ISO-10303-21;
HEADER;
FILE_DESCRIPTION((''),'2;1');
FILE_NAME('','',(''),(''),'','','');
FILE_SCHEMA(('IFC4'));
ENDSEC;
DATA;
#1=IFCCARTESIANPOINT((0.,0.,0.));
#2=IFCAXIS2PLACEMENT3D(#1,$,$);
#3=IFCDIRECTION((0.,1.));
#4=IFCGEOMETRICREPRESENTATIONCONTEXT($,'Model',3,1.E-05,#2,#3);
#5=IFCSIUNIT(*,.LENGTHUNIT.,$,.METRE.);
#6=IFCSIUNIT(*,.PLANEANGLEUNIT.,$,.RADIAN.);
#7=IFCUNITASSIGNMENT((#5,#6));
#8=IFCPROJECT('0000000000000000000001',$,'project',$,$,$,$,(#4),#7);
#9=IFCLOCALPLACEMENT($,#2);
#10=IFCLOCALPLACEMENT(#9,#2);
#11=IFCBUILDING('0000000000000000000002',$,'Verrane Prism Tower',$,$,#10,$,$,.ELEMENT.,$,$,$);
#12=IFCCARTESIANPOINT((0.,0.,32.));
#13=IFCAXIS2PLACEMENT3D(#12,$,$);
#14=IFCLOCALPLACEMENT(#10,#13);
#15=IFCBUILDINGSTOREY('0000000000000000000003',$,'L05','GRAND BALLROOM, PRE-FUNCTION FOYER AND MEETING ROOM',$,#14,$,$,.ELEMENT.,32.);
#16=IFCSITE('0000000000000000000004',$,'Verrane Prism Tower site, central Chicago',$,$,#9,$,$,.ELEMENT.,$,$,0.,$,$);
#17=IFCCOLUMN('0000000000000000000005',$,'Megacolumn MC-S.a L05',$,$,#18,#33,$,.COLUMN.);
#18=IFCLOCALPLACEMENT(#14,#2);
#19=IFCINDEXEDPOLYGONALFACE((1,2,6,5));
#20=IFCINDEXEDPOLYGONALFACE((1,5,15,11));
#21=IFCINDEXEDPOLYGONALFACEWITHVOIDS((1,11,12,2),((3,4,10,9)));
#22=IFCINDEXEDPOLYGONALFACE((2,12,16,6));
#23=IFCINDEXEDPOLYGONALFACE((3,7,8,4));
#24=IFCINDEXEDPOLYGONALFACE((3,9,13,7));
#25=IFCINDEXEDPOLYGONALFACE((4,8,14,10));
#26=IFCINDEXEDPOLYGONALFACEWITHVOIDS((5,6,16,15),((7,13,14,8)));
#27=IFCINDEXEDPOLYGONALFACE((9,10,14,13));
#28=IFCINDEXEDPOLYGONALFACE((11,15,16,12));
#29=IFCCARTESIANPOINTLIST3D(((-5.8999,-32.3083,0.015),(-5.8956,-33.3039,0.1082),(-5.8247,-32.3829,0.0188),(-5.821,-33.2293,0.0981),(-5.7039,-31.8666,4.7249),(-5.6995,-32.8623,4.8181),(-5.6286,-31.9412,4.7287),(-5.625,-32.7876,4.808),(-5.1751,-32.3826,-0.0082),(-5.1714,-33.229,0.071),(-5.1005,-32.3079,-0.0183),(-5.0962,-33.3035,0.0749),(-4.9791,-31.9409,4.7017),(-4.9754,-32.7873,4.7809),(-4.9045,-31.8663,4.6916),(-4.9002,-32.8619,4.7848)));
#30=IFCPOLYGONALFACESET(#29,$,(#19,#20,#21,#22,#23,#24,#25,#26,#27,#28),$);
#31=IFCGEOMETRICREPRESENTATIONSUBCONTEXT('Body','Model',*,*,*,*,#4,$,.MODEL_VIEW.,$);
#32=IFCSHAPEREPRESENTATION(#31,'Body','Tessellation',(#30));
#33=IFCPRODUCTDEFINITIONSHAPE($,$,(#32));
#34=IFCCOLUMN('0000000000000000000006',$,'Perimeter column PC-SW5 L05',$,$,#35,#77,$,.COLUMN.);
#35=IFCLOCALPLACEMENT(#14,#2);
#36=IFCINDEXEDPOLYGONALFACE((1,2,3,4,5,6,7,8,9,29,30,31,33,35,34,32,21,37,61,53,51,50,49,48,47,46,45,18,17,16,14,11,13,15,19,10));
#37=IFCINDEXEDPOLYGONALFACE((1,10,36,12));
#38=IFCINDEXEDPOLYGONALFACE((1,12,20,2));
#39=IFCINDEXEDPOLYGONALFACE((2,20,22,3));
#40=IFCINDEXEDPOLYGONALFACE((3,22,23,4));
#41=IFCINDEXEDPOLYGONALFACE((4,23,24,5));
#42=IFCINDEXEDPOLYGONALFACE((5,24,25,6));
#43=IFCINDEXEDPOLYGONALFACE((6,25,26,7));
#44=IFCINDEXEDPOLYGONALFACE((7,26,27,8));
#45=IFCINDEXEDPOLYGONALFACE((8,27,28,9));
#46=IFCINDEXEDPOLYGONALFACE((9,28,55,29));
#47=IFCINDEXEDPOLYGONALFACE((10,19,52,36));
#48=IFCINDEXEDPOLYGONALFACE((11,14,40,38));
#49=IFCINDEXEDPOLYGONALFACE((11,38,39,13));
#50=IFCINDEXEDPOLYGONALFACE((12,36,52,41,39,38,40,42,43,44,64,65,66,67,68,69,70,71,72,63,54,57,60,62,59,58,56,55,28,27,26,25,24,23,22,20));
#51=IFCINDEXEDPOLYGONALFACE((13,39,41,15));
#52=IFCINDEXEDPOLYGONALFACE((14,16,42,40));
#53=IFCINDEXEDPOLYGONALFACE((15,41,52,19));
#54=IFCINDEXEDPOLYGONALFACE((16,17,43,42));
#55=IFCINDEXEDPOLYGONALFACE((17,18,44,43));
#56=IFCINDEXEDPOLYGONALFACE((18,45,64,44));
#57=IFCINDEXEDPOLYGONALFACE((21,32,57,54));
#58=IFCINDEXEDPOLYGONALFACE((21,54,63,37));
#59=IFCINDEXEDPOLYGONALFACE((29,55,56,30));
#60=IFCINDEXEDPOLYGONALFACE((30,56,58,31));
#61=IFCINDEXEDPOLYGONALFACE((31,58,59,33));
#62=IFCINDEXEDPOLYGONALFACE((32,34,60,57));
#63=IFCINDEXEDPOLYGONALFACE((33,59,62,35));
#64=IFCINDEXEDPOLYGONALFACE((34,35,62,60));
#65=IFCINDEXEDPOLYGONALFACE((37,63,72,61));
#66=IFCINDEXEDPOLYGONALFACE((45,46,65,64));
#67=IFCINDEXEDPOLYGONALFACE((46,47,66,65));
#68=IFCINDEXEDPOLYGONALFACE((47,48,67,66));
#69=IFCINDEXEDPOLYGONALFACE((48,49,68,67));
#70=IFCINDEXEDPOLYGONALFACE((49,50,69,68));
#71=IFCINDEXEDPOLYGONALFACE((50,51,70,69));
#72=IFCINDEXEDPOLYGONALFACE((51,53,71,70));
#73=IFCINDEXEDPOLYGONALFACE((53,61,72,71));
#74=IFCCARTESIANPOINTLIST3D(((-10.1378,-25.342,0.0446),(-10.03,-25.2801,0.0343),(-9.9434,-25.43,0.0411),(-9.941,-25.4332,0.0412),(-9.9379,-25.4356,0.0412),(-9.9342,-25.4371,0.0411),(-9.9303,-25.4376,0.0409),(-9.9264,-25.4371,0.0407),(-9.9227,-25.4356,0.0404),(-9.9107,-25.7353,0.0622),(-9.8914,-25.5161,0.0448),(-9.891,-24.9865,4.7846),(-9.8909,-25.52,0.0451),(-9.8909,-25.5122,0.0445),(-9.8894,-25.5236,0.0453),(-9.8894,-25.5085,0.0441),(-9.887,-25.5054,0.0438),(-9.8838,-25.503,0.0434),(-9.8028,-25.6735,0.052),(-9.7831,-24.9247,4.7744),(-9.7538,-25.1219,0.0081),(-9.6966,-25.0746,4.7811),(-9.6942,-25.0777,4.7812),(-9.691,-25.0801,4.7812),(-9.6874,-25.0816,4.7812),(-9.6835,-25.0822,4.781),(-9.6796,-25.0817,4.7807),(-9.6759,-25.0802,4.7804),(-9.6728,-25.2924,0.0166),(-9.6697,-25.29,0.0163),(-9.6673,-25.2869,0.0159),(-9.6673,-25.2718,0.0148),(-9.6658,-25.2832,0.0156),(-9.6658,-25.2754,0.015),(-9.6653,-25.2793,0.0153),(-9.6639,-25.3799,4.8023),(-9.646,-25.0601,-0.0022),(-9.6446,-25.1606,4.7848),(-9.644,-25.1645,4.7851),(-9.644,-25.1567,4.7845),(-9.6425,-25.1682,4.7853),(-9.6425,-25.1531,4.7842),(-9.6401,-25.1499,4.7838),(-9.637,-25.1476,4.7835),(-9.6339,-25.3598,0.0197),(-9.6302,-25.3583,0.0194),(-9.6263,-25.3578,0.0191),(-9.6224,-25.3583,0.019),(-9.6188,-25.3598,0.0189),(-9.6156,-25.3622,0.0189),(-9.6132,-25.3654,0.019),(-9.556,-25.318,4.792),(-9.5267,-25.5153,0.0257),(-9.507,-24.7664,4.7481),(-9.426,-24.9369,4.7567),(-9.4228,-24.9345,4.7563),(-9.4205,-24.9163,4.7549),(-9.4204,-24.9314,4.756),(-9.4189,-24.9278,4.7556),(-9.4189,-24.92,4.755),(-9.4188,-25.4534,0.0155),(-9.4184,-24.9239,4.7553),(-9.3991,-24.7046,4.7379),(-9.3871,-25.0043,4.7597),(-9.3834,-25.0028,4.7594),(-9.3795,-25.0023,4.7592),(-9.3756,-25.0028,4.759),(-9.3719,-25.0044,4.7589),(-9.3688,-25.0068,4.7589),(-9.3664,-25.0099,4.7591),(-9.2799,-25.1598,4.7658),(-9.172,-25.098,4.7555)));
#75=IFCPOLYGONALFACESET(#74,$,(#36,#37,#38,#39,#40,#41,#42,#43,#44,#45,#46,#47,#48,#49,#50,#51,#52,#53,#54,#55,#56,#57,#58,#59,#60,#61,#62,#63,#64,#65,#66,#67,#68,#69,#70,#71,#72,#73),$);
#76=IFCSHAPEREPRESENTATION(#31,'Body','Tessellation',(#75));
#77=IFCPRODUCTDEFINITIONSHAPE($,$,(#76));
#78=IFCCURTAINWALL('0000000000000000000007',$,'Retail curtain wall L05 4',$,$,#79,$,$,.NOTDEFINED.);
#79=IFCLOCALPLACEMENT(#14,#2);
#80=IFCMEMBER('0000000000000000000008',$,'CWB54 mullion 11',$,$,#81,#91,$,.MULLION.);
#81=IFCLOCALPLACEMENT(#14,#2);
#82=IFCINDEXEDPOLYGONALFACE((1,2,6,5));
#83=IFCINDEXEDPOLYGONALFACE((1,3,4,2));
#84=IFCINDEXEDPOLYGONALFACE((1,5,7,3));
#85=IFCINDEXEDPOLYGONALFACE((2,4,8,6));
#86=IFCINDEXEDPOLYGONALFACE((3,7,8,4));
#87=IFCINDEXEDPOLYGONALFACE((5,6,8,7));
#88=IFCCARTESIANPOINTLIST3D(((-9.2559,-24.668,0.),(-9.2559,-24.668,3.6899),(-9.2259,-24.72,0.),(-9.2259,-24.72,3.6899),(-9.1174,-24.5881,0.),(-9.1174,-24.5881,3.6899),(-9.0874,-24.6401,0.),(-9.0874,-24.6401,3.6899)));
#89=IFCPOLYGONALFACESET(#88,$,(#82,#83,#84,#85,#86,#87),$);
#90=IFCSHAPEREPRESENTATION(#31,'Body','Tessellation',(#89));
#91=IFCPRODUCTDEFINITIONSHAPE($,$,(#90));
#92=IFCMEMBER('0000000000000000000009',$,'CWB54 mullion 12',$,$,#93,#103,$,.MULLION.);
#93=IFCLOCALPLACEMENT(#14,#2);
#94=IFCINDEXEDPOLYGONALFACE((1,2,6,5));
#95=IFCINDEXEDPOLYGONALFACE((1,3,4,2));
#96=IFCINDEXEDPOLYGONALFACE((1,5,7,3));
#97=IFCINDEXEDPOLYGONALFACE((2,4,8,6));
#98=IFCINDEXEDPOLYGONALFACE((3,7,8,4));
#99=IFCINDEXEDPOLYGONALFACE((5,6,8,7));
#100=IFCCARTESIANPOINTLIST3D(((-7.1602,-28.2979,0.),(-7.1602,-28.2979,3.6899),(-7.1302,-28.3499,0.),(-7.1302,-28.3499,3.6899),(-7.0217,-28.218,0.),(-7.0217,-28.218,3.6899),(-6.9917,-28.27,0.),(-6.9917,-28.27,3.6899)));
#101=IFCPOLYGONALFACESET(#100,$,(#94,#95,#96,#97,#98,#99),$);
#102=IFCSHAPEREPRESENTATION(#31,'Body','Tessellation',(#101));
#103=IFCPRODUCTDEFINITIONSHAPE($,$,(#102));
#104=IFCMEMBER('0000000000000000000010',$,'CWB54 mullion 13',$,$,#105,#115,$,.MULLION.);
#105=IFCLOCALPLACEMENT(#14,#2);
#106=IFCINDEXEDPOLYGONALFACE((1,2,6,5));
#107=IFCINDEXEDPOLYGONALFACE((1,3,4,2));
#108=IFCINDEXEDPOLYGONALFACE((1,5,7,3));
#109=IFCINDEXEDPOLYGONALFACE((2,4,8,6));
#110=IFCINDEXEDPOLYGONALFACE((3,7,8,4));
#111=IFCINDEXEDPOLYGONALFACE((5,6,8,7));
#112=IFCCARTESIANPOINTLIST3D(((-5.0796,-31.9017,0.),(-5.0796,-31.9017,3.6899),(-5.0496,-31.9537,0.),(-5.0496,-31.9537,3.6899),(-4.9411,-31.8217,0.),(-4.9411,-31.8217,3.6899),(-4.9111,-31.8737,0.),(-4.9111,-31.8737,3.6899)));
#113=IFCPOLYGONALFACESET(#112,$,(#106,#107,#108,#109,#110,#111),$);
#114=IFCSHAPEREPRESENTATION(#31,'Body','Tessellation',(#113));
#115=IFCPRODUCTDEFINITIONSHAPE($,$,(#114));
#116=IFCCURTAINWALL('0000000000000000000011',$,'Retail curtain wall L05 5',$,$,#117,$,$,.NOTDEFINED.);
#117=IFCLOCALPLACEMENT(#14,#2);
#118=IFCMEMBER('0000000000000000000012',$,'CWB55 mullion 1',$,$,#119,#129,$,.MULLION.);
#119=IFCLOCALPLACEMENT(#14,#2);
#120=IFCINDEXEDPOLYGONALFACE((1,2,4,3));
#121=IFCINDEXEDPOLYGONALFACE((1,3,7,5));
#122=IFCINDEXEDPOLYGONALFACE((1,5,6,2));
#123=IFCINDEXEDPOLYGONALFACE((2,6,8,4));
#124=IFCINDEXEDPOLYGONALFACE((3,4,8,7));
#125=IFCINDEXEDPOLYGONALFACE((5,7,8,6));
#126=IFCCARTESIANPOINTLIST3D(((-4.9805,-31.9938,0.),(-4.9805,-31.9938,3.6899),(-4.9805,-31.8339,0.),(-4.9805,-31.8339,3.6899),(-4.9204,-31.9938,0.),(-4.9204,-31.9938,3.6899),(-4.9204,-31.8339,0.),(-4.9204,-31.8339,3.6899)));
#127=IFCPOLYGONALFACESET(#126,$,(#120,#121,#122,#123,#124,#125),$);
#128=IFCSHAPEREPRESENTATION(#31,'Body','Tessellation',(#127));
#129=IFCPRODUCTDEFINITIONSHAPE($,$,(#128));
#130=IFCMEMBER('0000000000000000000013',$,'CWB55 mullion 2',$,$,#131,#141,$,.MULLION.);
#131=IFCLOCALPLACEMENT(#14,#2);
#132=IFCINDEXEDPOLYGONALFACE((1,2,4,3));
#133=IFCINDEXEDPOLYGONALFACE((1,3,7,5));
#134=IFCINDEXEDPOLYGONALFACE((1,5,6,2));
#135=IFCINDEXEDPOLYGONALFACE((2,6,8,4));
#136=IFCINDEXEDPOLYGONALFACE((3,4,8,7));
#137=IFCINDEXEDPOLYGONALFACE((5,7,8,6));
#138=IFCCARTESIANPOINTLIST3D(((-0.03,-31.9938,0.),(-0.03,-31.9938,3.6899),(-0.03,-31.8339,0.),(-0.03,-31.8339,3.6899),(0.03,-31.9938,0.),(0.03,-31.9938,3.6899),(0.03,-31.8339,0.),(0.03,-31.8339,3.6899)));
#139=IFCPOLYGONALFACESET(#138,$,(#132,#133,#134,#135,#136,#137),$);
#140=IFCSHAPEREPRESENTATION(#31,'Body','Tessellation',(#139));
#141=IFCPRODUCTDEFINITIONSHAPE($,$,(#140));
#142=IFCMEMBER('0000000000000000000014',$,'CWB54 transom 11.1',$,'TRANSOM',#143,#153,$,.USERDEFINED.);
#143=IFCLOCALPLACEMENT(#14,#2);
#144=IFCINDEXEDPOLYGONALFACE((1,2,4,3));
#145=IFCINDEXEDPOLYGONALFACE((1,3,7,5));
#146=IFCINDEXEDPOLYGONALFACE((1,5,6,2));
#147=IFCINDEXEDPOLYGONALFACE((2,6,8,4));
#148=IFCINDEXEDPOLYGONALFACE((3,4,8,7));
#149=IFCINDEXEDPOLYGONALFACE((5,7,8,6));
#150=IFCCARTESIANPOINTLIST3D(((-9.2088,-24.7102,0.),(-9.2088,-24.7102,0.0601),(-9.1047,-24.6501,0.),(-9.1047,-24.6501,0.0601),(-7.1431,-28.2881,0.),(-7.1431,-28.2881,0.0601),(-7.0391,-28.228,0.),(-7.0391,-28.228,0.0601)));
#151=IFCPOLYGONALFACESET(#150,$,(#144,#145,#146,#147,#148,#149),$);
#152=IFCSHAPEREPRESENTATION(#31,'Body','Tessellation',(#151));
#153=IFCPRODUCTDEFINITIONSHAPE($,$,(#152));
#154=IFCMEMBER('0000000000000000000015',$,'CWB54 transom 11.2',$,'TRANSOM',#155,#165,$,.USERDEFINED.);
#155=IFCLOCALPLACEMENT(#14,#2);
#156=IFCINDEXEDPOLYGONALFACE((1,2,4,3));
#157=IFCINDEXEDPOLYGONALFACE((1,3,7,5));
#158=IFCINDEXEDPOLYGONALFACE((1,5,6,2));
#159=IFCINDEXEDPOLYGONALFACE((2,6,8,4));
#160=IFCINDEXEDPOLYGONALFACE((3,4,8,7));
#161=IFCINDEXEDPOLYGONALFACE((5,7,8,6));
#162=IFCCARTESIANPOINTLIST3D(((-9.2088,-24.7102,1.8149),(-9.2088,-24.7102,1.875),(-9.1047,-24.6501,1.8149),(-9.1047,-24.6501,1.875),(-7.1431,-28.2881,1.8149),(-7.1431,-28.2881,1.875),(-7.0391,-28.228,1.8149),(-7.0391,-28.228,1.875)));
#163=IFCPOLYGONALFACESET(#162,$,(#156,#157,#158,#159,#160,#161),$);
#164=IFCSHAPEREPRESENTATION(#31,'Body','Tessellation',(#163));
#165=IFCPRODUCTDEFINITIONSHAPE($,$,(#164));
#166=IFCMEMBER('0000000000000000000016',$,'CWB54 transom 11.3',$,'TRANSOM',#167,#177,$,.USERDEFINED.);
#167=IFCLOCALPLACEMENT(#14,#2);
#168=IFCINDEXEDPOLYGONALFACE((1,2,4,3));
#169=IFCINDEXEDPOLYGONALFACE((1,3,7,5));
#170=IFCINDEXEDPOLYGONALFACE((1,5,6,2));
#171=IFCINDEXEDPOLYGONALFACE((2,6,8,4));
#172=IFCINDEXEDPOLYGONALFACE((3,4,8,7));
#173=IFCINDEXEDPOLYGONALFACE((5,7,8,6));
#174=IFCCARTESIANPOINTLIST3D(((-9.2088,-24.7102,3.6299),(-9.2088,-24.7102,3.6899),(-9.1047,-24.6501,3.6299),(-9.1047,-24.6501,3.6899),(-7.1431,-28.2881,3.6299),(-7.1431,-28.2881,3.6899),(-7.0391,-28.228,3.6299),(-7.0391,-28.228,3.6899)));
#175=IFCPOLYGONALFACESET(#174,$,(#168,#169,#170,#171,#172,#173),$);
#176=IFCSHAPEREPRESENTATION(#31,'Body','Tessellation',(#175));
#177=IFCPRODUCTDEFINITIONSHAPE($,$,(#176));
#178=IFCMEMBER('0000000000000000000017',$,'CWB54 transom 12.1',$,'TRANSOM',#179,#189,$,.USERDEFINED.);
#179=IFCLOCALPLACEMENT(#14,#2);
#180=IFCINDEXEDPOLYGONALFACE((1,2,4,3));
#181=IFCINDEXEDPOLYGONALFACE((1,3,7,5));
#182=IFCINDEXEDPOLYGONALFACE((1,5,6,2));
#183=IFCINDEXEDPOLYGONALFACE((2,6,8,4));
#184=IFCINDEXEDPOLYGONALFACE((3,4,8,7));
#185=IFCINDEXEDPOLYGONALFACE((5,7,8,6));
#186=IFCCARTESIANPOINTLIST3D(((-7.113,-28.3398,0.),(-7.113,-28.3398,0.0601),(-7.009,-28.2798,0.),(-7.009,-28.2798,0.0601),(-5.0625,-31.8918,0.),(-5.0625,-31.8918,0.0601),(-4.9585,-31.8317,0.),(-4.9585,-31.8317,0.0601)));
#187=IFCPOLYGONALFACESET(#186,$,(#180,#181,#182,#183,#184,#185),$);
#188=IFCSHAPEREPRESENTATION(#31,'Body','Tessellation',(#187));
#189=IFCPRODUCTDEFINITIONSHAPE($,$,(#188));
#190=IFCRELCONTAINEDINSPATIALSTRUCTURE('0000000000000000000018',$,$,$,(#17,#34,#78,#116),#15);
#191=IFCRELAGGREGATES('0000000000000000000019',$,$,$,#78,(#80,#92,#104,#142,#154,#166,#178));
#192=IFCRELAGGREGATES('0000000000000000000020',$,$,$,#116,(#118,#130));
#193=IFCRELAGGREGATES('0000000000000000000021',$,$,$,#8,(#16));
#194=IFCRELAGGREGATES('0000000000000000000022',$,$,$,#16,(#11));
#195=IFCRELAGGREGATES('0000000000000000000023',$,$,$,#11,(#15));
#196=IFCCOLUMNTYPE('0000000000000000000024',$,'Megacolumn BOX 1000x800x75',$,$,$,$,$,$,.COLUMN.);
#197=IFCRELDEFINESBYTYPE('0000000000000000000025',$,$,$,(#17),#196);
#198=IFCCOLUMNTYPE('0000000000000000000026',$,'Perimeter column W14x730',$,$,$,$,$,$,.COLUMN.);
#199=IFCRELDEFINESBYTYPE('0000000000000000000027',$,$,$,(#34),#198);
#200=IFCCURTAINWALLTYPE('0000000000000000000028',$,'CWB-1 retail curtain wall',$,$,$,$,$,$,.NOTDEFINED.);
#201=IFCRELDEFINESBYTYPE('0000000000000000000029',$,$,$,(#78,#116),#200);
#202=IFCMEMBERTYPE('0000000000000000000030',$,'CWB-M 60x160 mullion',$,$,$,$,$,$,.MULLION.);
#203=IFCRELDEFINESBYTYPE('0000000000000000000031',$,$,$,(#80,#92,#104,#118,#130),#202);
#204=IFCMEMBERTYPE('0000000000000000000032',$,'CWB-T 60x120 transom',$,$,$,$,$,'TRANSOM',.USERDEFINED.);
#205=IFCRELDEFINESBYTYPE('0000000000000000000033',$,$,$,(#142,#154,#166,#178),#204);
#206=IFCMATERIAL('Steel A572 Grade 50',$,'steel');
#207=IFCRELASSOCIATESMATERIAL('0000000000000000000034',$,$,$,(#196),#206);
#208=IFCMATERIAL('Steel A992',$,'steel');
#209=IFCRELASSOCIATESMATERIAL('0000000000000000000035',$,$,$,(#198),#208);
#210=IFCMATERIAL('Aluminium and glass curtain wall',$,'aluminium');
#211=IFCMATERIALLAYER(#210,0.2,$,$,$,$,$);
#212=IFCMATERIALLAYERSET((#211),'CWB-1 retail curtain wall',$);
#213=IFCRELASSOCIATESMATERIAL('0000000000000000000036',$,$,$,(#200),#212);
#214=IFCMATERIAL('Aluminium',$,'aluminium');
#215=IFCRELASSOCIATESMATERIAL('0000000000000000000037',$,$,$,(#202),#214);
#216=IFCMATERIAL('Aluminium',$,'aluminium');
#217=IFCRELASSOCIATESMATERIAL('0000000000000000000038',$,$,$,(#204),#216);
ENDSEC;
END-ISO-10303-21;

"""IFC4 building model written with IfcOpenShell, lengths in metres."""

from ifc_helpers import new_model, si_unit, direction, frame, origin, origin_2d, place, context, subcontext, project, spatial, rectangle, hollow_rectangle, i_section, extrude, material, layer, layer_set, material_profile, profile_set, type_object, element, aggregate, save


model = new_model("IFC4")

# Units and contexts
model_context = context("Model", 3, precision=1e-05, world=origin(), true_north=direction((0.0, 1.0)))
body_context = subcontext(model_context, "Body", "Model", "MODEL_VIEW")
ifc_project = project(units=[si_unit("LENGTHUNIT", "METRE"), si_unit("PLANEANGLEUNIT", "RADIAN")], contexts=[model_context])

# Site, building, storey
site_placement = place(None, origin())
site = spatial("IfcSite", under=ifc_project, at=site_placement, Name="Verrane Prism Tower site, central Chicago", CompositionType="ELEMENT", RefElevation=0.0)
building_placement = place(site_placement, origin())
building = spatial("IfcBuilding", under=site, at=building_placement, Name="Verrane Prism Tower", CompositionType="ELEMENT")
storey_placement = place(building_placement, frame((0.0, 0.0, 32.0)))
storey = spatial("IfcBuildingStorey", under=building, at=storey_placement, Name="L05", Description="GRAND BALLROOM, PRE-FUNCTION FOYER AND MEETING ROOM", CompositionType="ELEMENT", Elevation=32.0)

# Columns
ifc_material_1 = material(Name="Steel A572 Grade 50", Category="steel")
ifc_material_profile_1 = material_profile(ifc_material_1, hollow_rectangle(XDim=0.8, YDim=1.0, WallThickness=0.075, at=origin_2d()), Name="BOX 1000x800x75")
ifc_profile_set_1 = profile_set([ifc_material_profile_1], Name="Steel A572 Grade 50")
column_type_1 = type_object("IfcColumnType", Name="Megacolumn BOX 1000x800x75", PredefinedType="COLUMN", material=ifc_profile_set_1)
column_1_placement = place(storey_placement, frame((-5.498, -32.8059, 0.0449), z_axis=(0.041406, 0.09328, 0.994779), x_axis=(-0.999133, -0.000461, 0.041631)))
element("IfcColumn", 1, at=column_1_placement, inside=storey, type_object=column_type_1, Name="Megacolumn MC-S.a L05", PredefinedType="COLUMN", context=body_context, shape_type="SweptSolid", body=[
    extrude(hollow_rectangle(XDim=0.8, YDim=1.0, WallThickness=0.075, at=origin_2d()), origin(), (0.0, 0.0, 1.0), 4.7346),
])
ifc_material_2 = material(Name="Steel A992", Category="steel")
ifc_material_profile_2 = material_profile(ifc_material_2, i_section(OverallWidth=0.4546, OverallDepth=0.5688, WebThickness=0.0779, FlangeThickness=0.1248, FilletRadius=0.0151, at=origin_2d()), Name="W14x730")
ifc_profile_set_2 = profile_set([ifc_material_profile_2], Name="Steel A992")
column_type_2 = type_object("IfcColumnType", Name="Perimeter column W14x730", PredefinedType="COLUMN", material=ifc_profile_set_2)
column_2_placement = place(storey_placement, frame((-9.7783, -25.3977, 0.03), z_axis=(0.051857, 0.074683, 0.995858), x_axis=(-0.499666, 0.865345, -0.038876)))
element("IfcColumn", 2, at=column_2_placement, inside=storey, type_object=column_type_2, Name="Perimeter column PC-SW5 L05", PredefinedType="COLUMN", context=body_context, shape_type="SweptSolid", body=[
    extrude(i_section(OverallWidth=0.4546, OverallDepth=0.5688, WebThickness=0.0779, FlangeThickness=0.1248, FilletRadius=0.0151, at=origin_2d()), origin(), (0.0, 0.0, 1.0), 4.7598),
])

# Curtain walls, members
ifc_material_3 = material(Name="Aluminium and glass curtain wall", Category="aluminium")
ifc_layer_1 = layer(ifc_material_3, 0.2)
ifc_layer_set_1 = layer_set([ifc_layer_1], Name="CWB-1 retail curtain wall")
curtain_wall_type = type_object("IfcCurtainWallType", Name="CWB-1 retail curtain wall", PredefinedType="NOTDEFINED", material=ifc_layer_set_1)
curtain_wall_1_placement = place(storey_placement, origin())
curtain_wall_1 = element("IfcCurtainWall", 3, at=curtain_wall_1_placement, inside=storey, type_object=curtain_wall_type, Name="Retail curtain wall L05 4", PredefinedType="NOTDEFINED")
ifc_material_4 = material(Name="Aluminium", Category="aluminium")
ifc_material_profile_3 = material_profile(ifc_material_4, rectangle(XDim=0.1599, YDim=0.0601, at=origin_2d()), Name="CWB-M 60x160 mullion")
ifc_profile_set_3 = profile_set([ifc_material_profile_3], Name="Aluminium")
member_type_1 = type_object("IfcMemberType", Name="CWB-M 60x160 mullion", PredefinedType="MULLION", material=ifc_profile_set_3)
member_1_placement = place(storey_placement, frame((-9.1716, -24.6541, 0.0), z_axis=(0.0, 0.0, 1.0), x_axis=(0.866025, 0.5, 0.0)))
member_1 = element("IfcMember", 4, at=member_1_placement, type_object=member_type_1, Name="CWB54 mullion 11", PredefinedType="MULLION", context=body_context, shape_type="SweptSolid", body=[
    extrude(rectangle(XDim=0.1599, YDim=0.0601, at=origin_2d()), origin(), (0.0, 0.0, 1.0), 3.6899),
])
member_2_placement = place(storey_placement, frame((-7.0759, -28.2839, 0.0), z_axis=(0.0, 0.0, 1.0), x_axis=(0.866025, 0.5, 0.0)))
member_2 = element("IfcMember", 5, at=member_2_placement, type_object=member_type_1, Name="CWB54 mullion 12", PredefinedType="MULLION", context=body_context, shape_type="SweptSolid", body=[
    extrude(rectangle(XDim=0.1599, YDim=0.0601, at=origin_2d()), origin(), (0.0, 0.0, 1.0), 3.6899),
])
member_3_placement = place(storey_placement, frame((-4.9954, -31.8877, 0.0), z_axis=(0.0, 0.0, 1.0), x_axis=(0.866025, 0.5, 0.0)))
member_3 = element("IfcMember", 6, at=member_3_placement, type_object=member_type_1, Name="CWB54 mullion 13", PredefinedType="MULLION", context=body_context, shape_type="SweptSolid", body=[
    extrude(rectangle(XDim=0.1599, YDim=0.0601, at=origin_2d()), origin(), (0.0, 0.0, 1.0), 3.6899),
])
curtain_wall_2_placement = place(storey_placement, origin())
curtain_wall_2 = element("IfcCurtainWall", 7, at=curtain_wall_2_placement, inside=storey, type_object=curtain_wall_type, Name="Retail curtain wall L05 5", PredefinedType="NOTDEFINED")
member_4_placement = place(storey_placement, frame((-4.9504, -31.9138, 0.0), z_axis=(0.0, 0.0, 1.0), x_axis=(0.0, 1.0, 0.0)))
member_4 = element("IfcMember", 8, at=member_4_placement, type_object=member_type_1, Name="CWB55 mullion 1", PredefinedType="MULLION", context=body_context, shape_type="SweptSolid", body=[
    extrude(rectangle(XDim=0.1599, YDim=0.0601, at=origin_2d()), origin(), (0.0, 0.0, 1.0), 3.6899),
])
member_5_placement = place(storey_placement, frame((0.0, -31.9138, 0.0), z_axis=(0.0, 0.0, 1.0), x_axis=(0.0, 1.0, 0.0)))
member_5 = element("IfcMember", 9, at=member_5_placement, type_object=member_type_1, Name="CWB55 mullion 2", PredefinedType="MULLION", context=body_context, shape_type="SweptSolid", body=[
    extrude(rectangle(XDim=0.1599, YDim=0.0601, at=origin_2d()), origin(), (0.0, 0.0, 1.0), 3.6899),
])

# Members
ifc_material_5 = material(Name="Aluminium", Category="aluminium")
ifc_material_profile_4 = material_profile(ifc_material_5, rectangle(XDim=0.1201, YDim=0.0601, at=origin_2d()), Name="CWB-T 60x120 transom")
ifc_profile_set_4 = profile_set([ifc_material_profile_4], Name="Aluminium")
member_type_2 = type_object("IfcMemberType", Name="CWB-T 60x120 transom", ElementType="TRANSOM", PredefinedType="USERDEFINED", material=ifc_profile_set_4)
member_6_placement = place(storey_placement, frame((-9.1567, -24.6802, 0.03), z_axis=(0.499997, -0.866027, 0.0), x_axis=(0.866027, 0.499997, 0.0)))
member_6 = element("IfcMember", 10, at=member_6_placement, type_object=member_type_2, Name="CWB54 transom 11.1", ObjectType="TRANSOM", PredefinedType="USERDEFINED", context=body_context, shape_type="SweptSolid", body=[
    extrude(rectangle(XDim=0.1201, YDim=0.0601, at=origin_2d()), origin(), (0.0, 0.0, 1.0), 4.1313),
])
member_7_placement = place(storey_placement, frame((-9.1567, -24.6802, 1.845), z_axis=(0.499997, -0.866027, 0.0), x_axis=(0.866027, 0.499997, 0.0)))
member_7 = element("IfcMember", 11, at=member_7_placement, type_object=member_type_2, Name="CWB54 transom 11.2", ObjectType="TRANSOM", PredefinedType="USERDEFINED", context=body_context, shape_type="SweptSolid", body=[
    extrude(rectangle(XDim=0.1201, YDim=0.0601, at=origin_2d()), origin(), (0.0, 0.0, 1.0), 4.1313),
])
member_8_placement = place(storey_placement, frame((-9.1567, -24.6802, 3.6599), z_axis=(0.499997, -0.866027, 0.0), x_axis=(0.866027, 0.499997, 0.0)))
member_8 = element("IfcMember", 12, at=member_8_placement, type_object=member_type_2, Name="CWB54 transom 11.3", ObjectType="TRANSOM", PredefinedType="USERDEFINED", context=body_context, shape_type="SweptSolid", body=[
    extrude(rectangle(XDim=0.1201, YDim=0.0601, at=origin_2d()), origin(), (0.0, 0.0, 1.0), 4.1313),
])
member_9_placement = place(storey_placement, frame((-7.061, -28.3098, 0.03), z_axis=(0.499961, -0.866048, 0.0), x_axis=(0.866048, 0.499961, 0.0)))
member_9 = element("IfcMember", 13, at=member_9_placement, type_object=member_type_2, Name="CWB54 transom 12.1", ObjectType="TRANSOM", PredefinedType="USERDEFINED", context=body_context, shape_type="SweptSolid", body=[
    extrude(rectangle(XDim=0.1201, YDim=0.0601, at=origin_2d()), origin(), (0.0, 0.0, 1.0), 4.1013),
])

aggregate(curtain_wall_1, [member_1, member_2, member_3, member_6, member_7, member_8, member_9])
aggregate(curtain_wall_2, [member_4, member_5])

save(model, "model.ifc")
